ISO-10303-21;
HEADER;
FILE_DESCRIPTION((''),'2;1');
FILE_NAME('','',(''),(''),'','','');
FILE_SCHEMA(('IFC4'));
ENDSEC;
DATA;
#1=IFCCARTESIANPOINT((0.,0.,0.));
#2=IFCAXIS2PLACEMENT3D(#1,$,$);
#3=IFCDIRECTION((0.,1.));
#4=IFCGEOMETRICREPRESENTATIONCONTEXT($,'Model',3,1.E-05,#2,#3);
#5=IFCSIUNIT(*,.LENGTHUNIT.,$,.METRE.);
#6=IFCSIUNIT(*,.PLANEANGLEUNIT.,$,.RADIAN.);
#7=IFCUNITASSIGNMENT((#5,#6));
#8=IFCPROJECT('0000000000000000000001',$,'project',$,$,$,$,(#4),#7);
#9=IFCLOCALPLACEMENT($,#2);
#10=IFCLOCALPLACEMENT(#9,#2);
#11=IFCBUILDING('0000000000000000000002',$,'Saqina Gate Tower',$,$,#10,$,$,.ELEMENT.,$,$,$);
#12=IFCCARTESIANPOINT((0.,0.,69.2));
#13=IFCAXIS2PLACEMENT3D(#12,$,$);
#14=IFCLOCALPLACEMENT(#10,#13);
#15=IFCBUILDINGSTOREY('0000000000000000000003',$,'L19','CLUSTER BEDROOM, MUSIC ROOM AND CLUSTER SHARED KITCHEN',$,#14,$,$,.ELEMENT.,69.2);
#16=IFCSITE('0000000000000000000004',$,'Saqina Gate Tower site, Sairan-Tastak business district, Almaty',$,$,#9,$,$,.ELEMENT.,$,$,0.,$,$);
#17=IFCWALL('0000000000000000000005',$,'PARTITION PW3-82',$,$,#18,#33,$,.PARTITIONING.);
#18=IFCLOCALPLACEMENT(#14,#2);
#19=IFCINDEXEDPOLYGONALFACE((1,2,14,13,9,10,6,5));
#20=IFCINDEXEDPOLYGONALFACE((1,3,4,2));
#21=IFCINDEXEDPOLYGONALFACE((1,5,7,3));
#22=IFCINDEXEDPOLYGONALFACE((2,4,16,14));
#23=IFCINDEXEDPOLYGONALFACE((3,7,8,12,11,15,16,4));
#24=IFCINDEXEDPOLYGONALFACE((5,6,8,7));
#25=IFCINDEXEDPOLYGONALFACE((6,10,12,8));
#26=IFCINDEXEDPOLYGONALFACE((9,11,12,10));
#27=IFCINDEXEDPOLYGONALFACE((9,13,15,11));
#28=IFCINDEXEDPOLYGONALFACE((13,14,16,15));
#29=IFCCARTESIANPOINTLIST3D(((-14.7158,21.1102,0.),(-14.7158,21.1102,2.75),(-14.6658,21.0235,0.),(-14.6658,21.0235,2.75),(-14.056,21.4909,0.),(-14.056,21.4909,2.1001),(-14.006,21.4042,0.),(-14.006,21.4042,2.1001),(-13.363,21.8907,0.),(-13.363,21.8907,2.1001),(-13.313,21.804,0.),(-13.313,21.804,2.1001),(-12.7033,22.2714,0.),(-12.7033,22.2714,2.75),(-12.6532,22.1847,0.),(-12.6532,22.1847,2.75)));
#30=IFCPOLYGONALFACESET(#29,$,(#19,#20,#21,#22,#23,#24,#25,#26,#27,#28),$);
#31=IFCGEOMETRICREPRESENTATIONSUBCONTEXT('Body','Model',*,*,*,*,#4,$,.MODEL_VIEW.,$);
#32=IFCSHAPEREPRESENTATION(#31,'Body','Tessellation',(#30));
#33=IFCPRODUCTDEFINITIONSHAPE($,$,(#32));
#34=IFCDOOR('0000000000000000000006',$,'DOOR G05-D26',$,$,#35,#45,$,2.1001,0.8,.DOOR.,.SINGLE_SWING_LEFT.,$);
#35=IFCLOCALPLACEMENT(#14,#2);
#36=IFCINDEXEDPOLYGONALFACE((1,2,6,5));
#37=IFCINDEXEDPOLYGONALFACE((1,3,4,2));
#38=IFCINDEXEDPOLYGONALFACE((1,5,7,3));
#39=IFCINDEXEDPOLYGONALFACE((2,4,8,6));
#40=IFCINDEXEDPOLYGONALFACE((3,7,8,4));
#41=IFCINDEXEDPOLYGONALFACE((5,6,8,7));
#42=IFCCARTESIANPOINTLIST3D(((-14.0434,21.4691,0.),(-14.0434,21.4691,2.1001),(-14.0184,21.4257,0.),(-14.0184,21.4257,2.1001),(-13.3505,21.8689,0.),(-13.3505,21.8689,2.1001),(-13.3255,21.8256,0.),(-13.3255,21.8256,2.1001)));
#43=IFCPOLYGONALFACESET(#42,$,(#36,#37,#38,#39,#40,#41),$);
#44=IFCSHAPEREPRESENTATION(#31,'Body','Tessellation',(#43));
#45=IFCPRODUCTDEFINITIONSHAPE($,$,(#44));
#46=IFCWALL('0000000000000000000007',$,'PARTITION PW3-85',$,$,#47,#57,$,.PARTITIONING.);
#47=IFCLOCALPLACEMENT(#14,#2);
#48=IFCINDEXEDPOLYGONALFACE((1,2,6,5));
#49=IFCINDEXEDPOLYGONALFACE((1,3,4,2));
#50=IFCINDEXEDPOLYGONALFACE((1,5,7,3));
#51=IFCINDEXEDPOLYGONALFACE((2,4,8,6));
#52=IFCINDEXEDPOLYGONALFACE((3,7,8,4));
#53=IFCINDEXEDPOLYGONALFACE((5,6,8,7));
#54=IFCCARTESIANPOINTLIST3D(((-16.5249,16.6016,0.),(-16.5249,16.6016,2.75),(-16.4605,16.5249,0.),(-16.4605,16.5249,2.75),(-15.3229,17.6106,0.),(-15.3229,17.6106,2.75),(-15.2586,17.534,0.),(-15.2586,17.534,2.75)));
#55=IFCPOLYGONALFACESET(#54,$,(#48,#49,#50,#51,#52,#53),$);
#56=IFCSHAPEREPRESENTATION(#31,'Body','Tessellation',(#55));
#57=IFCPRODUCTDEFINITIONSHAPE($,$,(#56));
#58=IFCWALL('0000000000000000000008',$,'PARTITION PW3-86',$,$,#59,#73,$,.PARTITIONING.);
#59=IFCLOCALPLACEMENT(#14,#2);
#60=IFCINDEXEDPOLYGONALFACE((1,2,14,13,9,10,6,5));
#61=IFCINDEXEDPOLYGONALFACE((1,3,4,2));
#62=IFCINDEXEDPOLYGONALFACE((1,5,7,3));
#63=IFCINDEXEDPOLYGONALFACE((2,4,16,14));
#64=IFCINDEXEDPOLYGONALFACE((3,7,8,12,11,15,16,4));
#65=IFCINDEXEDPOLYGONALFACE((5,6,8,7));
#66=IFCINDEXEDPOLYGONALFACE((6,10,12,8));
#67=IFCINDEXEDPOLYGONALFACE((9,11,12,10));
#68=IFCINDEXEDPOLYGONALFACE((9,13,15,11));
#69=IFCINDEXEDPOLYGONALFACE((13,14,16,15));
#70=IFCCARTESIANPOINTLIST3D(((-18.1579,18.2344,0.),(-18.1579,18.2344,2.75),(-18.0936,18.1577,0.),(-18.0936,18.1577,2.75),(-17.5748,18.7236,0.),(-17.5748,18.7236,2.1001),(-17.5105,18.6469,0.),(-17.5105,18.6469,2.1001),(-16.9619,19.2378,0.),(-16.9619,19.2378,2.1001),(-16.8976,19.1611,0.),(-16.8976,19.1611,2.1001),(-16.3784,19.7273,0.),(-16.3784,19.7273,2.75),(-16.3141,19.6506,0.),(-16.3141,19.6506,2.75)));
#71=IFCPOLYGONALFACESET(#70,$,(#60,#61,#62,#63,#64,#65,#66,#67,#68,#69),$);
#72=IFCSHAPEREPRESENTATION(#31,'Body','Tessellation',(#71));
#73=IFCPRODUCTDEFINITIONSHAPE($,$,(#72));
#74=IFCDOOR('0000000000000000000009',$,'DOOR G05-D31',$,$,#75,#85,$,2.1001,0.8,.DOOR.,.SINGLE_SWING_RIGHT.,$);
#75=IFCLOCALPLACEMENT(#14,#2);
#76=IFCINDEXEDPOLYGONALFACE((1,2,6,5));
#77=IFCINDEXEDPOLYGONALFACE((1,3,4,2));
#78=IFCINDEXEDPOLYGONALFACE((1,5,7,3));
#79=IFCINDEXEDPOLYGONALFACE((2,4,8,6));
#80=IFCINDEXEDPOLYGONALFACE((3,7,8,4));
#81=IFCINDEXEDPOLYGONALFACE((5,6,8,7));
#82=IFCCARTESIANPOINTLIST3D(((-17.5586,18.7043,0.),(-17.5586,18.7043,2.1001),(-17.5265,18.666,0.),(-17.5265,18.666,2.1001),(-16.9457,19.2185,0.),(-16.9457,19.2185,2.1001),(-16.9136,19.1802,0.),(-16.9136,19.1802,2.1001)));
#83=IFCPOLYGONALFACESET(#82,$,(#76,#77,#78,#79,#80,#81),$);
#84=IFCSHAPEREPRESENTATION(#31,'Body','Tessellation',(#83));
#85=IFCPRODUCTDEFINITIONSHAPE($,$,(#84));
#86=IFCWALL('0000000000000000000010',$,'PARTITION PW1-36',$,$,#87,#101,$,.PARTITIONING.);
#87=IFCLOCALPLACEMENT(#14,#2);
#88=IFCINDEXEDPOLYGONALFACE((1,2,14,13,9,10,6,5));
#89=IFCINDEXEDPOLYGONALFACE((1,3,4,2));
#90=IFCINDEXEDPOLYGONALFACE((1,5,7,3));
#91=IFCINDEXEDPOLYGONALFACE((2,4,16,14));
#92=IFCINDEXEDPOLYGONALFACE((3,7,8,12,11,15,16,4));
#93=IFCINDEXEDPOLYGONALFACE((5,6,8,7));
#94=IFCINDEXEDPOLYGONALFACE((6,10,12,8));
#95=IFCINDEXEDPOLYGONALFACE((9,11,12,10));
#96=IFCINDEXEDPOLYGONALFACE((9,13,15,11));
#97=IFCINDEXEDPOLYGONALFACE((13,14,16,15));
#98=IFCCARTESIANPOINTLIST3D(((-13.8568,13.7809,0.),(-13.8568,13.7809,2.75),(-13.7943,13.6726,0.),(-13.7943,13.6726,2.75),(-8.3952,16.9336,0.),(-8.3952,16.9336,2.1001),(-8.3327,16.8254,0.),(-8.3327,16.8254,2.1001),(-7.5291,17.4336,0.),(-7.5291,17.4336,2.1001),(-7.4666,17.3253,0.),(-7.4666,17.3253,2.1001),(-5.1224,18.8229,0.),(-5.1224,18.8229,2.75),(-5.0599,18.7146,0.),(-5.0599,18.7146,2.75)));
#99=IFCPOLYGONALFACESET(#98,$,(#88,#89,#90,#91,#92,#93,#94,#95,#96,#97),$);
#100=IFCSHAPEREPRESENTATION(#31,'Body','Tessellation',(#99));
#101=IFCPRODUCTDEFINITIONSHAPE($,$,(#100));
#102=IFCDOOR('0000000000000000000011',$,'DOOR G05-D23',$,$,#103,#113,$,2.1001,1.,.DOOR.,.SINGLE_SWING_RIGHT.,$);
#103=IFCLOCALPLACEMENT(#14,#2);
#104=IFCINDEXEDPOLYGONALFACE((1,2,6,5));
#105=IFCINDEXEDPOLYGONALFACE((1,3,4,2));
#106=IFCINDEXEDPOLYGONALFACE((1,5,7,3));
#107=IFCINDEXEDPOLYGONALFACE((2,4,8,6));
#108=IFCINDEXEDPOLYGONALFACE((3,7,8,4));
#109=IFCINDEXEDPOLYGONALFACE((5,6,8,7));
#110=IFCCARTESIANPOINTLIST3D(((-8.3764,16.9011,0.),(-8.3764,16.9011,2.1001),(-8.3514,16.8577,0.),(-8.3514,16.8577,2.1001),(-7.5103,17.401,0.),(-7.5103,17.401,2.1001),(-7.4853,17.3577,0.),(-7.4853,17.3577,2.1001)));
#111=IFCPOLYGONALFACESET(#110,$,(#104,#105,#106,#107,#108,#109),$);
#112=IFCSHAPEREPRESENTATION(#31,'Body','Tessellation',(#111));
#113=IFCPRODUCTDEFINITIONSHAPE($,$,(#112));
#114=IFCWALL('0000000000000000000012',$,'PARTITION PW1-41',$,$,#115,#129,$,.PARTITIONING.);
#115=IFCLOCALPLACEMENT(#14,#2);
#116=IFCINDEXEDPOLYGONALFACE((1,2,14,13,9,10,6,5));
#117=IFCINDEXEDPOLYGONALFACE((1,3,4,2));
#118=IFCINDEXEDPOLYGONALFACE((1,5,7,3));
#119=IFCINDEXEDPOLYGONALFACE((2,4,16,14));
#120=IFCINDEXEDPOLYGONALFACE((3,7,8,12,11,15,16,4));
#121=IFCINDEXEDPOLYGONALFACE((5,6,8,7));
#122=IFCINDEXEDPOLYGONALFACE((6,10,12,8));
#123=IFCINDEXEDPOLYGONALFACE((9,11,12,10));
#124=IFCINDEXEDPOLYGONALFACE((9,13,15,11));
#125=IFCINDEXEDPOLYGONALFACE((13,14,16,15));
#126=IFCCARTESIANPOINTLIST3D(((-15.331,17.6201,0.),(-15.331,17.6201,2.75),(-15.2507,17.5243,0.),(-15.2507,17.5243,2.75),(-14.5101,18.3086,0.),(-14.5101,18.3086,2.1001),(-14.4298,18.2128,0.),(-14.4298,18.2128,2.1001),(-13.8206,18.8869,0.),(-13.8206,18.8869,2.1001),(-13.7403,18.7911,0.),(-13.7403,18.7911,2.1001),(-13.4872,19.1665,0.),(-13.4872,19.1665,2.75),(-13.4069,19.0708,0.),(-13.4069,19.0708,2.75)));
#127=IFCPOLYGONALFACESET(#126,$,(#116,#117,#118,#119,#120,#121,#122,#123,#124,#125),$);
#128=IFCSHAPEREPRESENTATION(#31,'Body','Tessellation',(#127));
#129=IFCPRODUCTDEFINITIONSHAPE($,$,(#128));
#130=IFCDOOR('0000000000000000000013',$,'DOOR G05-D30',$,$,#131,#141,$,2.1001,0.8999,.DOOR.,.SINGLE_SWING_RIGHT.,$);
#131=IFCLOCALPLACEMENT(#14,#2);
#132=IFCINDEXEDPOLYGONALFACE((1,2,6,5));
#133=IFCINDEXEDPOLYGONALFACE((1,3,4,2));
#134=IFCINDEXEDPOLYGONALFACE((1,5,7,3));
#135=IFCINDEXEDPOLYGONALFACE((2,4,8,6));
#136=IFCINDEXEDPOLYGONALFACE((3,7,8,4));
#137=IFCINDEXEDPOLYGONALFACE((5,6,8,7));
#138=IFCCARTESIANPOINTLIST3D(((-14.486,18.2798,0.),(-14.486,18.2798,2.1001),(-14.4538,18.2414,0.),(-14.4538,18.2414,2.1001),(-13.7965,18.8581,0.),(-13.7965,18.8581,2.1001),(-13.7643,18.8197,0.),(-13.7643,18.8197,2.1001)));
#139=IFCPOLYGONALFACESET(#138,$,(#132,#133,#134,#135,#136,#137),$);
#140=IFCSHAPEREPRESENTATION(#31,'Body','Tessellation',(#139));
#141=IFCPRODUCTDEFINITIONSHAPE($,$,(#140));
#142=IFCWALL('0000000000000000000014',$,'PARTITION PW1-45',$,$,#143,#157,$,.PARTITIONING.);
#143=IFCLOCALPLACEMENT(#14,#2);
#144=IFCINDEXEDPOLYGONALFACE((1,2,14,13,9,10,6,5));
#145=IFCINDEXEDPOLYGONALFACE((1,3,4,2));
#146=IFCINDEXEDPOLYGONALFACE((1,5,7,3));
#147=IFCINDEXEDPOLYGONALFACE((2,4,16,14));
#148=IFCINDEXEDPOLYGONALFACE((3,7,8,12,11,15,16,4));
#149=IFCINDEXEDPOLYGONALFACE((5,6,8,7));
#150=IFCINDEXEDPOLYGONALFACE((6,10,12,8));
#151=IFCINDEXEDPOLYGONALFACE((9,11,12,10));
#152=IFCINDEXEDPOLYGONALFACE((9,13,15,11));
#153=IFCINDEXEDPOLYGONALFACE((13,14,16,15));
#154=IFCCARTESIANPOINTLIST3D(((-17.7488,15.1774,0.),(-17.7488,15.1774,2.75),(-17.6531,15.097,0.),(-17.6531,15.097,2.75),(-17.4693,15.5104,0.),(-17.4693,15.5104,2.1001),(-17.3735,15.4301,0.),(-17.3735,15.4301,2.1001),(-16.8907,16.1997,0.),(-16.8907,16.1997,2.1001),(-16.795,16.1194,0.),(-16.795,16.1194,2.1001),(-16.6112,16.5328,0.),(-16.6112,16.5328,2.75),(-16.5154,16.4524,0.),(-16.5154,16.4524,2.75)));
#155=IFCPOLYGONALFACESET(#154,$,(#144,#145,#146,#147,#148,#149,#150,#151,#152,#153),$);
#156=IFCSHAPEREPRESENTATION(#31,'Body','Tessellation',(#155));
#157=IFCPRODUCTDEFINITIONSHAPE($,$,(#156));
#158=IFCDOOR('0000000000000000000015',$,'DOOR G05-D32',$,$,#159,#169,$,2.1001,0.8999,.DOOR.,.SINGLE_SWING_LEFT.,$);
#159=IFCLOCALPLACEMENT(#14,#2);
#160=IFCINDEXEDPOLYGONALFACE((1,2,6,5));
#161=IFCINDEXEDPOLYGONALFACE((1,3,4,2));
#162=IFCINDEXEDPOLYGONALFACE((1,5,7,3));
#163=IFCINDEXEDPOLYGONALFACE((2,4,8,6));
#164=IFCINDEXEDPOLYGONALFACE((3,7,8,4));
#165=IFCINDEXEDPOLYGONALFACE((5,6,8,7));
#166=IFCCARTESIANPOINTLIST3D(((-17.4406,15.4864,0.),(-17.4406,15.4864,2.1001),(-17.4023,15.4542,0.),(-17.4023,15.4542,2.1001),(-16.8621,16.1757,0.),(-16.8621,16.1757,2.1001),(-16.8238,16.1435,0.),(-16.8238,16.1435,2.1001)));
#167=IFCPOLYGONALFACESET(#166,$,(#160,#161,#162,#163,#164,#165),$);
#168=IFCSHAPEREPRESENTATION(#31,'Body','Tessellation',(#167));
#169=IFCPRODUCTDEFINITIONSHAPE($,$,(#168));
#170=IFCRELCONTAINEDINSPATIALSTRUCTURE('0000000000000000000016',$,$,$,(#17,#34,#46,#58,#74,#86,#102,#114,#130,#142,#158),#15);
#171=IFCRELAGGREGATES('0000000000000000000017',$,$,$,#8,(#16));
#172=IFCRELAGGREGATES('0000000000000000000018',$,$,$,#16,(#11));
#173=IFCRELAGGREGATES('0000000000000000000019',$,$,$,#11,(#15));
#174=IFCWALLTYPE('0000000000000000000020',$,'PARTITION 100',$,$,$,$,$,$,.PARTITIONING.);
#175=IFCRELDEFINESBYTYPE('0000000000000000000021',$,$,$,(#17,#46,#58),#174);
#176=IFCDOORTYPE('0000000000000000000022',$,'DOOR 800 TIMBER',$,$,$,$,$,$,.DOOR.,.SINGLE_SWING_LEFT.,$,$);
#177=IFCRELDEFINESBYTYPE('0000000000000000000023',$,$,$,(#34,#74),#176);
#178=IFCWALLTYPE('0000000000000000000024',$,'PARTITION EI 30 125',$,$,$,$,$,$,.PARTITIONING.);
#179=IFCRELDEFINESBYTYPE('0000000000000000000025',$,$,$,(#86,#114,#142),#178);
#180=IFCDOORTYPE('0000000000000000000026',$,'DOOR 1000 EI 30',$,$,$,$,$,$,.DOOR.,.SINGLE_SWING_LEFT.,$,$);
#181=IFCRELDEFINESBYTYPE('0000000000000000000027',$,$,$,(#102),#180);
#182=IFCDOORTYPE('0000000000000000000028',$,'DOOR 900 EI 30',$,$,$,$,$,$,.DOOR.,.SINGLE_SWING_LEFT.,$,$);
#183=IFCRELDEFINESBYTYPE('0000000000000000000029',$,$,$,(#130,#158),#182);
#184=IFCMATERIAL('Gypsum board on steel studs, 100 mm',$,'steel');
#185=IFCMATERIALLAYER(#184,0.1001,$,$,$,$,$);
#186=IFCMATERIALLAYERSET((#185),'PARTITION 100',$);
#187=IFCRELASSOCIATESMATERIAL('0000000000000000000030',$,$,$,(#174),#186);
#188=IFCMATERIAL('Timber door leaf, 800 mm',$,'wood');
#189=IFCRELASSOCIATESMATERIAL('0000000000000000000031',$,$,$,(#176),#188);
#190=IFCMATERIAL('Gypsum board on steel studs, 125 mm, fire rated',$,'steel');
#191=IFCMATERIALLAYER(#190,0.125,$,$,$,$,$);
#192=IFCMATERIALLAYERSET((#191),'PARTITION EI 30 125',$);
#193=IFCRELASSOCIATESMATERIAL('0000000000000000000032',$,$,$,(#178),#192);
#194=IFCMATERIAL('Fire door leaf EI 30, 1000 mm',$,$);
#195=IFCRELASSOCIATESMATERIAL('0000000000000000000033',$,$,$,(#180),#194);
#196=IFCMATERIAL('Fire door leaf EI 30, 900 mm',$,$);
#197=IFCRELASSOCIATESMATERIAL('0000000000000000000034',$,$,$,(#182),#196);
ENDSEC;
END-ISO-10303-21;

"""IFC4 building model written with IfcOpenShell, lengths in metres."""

from ifc_helpers import new_model, si_unit, direction, frame, frame_2d, origin, place, context, subcontext, project, spatial, rectangle, extrude, material, layer, layer_set, type_object, element, fill, save


model = new_model("IFC4")

# Units and contexts
model_context = context("Model", 3, precision=1e-05, world=origin(), true_north=direction((0.0, 1.0)))
body_context = subcontext(model_context, "Body", "Model", "MODEL_VIEW")
ifc_project = project(units=[si_unit("LENGTHUNIT", "METRE"), si_unit("PLANEANGLEUNIT", "RADIAN")], contexts=[model_context])

# Site, building, storey
site_placement = place(None, origin())
site = spatial("IfcSite", under=ifc_project, at=site_placement, Name="Saqina Gate Tower site, Sairan-Tastak business district, Almaty", CompositionType="ELEMENT", RefElevation=0.0)
building_placement = place(site_placement, origin())
building = spatial("IfcBuilding", under=site, at=building_placement, Name="Saqina Gate Tower", CompositionType="ELEMENT")
storey_placement = place(building_placement, frame((0.0, 0.0, 69.2)))
storey = spatial("IfcBuildingStorey", under=building, at=storey_placement, Name="L19", Description="CLUSTER BEDROOM, MUSIC ROOM AND CLUSTER SHARED KITCHEN", CompositionType="ELEMENT", Elevation=69.2)

# Shared definitions
ifc_material_1 = material(Name="Gypsum board on steel studs, 100 mm", Category="steel")
ifc_layer_1 = layer(ifc_material_1, 0.1001)
ifc_layer_set_1 = layer_set([ifc_layer_1], Name="PARTITION 100")
wall_type_1 = type_object("IfcWallType", Name="PARTITION 100", PredefinedType="PARTITIONING", material=ifc_layer_set_1)
ifc_material_2 = material(Name="Timber door leaf, 800 mm", Category="wood")
door_type_1 = type_object("IfcDoorType", Name="DOOR 800 TIMBER", OperationType="SINGLE_SWING_LEFT", PredefinedType="DOOR", material=ifc_material_2)

# Wall, opening, door
wall_1_placement = place(storey_placement, frame((-14.6907, 21.0669, 0.0), z_axis=(0.0, 0.0, 1.0), x_axis=(0.866166, 0.499756, 0.0)))
wall_1 = element("IfcWall", 1, at=wall_1_placement, inside=storey, type_object=wall_type_1, Name="PARTITION PW3-82", PredefinedType="PARTITIONING", context=body_context, shape_type="SweptSolid", body=[
    extrude(rectangle(XDim=2.3235, YDim=0.1001, at=frame_2d((1.1616, 0.0))), origin(), (0.0, 0.0, 1.0), 2.75),
])
opening_1_placement = place(wall_1_placement, frame((0.7617, 0.0, 0.0)))
opening_1 = element("IfcOpeningElement", 2, at=opening_1_placement, cuts=wall_1, PredefinedType="OPENING", context=body_context, shape_type="SweptSolid", body=[
    extrude(rectangle(XDim=0.8, YDim=2.1001, at=frame_2d((0.3999, 1.05))), frame((0.0, 0.062, 0.0), z_axis=(0.0, -1.0, 0.0), x_axis=(1.0, 0.0, 0.0)), (0.0, 0.0, 1.0), 0.124),
])
door_1_placement = place(opening_1_placement, origin())
door_1 = element("IfcDoor", 3, at=door_1_placement, inside=storey, type_object=door_type_1, Name="DOOR G05-D26", OperationType="SINGLE_SWING_LEFT", OverallHeight=2.1001, OverallWidth=0.8, PredefinedType="DOOR", context=body_context, shape_type="SweptSolid", body=[
    extrude(rectangle(XDim=0.8, YDim=2.1001, at=frame_2d((0.3999, 1.05))), frame((0.0, 0.0249, 0.0), z_axis=(0.0, -1.0, 0.0), x_axis=(1.0, 0.0, 0.0)), (0.0, 0.0, 1.0), 0.05),
])
fill(opening_1, door_1)

# Wall
wall_2_placement = place(storey_placement, frame((-16.4927, 16.5632, 0.0), z_axis=(0.0, 0.0, 1.0), x_axis=(0.765883, 0.64298, 0.0)))
element("IfcWall", 4, at=wall_2_placement, inside=storey, type_object=wall_type_1, Name="PARTITION PW3-85", PredefinedType="PARTITIONING", context=body_context, shape_type="SweptSolid", body=[
    extrude(rectangle(XDim=1.5693, YDim=0.1001, at=frame_2d((0.7847, 0.0))), origin(), (0.0, 0.0, 1.0), 2.75),
])

# Walls, openings, doors
wall_3_placement = place(storey_placement, frame((-18.1257, 18.196, 0.0), z_axis=(0.0, 0.0, 1.0), x_axis=(0.766106, 0.642714, 0.0)))
wall_3 = element("IfcWall", 5, at=wall_3_placement, inside=storey, type_object=wall_type_1, Name="PARTITION PW3-86", PredefinedType="PARTITIONING", context=body_context, shape_type="SweptSolid", body=[
    extrude(rectangle(XDim=2.3228, YDim=0.1001, at=frame_2d((1.1614, 0.0))), origin(), (0.0, 0.0, 1.0), 2.75),
])
opening_2_placement = place(wall_3_placement, frame((0.7612, 0.0, 0.0)))
opening_2 = element("IfcOpeningElement", 6, at=opening_2_placement, cuts=wall_3, PredefinedType="OPENING", context=body_context, shape_type="SweptSolid", body=[
    extrude(rectangle(XDim=0.8, YDim=2.1001, at=frame_2d((0.3999, 1.05))), frame((0.0, 0.062, 0.0), z_axis=(0.0, -1.0, 0.0), x_axis=(1.0, 0.0, 0.0)), (0.0, 0.0, 1.0), 0.124),
])
door_2_placement = place(opening_2_placement, origin())
door_2 = element("IfcDoor", 7, at=door_2_placement, inside=storey, type_object=door_type_1, Name="DOOR G05-D31", OperationType="SINGLE_SWING_RIGHT", OverallHeight=2.1001, OverallWidth=0.8, PredefinedType="DOOR", context=body_context, shape_type="SweptSolid", body=[
    extrude(rectangle(XDim=0.8, YDim=2.1001, at=frame_2d((0.3999, 1.05))), frame((0.0, 0.0249, 0.0), z_axis=(0.0, -1.0, 0.0), x_axis=(1.0, 0.0, 0.0)), (0.0, 0.0, 1.0), 0.05),
])
fill(opening_2, door_2)
ifc_material_3 = material(Name="Gypsum board on steel studs, 125 mm, fire rated", Category="steel")
ifc_layer_2 = layer(ifc_material_3, 0.125)
ifc_layer_set_2 = layer_set([ifc_layer_2], Name="PARTITION EI 30 125")
wall_type_2 = type_object("IfcWallType", Name="PARTITION EI 30 125", PredefinedType="PARTITIONING", material=ifc_layer_set_2)
wall_4_placement = place(storey_placement, frame((-13.8254, 13.7268, 0.0), z_axis=(0.0, 0.0, 1.0), x_axis=(0.86606, 0.49994, 0.0)))
wall_4 = element("IfcWall", 8, at=wall_4_placement, inside=storey, type_object=wall_type_2, Name="PARTITION PW1-36", PredefinedType="PARTITIONING", context=body_context, shape_type="SweptSolid", body=[
    extrude(rectangle(XDim=10.0852, YDim=0.125, at=frame_2d((5.0425, 0.0))), origin(), (0.0, 0.0, 1.0), 2.75),
])
opening_3_placement = place(wall_4_placement, frame((6.3062, 0.0, 0.0)))
opening_3 = element("IfcOpeningElement", 9, at=opening_3_placement, cuts=wall_4, PredefinedType="OPENING", context=body_context, shape_type="SweptSolid", body=[
    extrude(rectangle(XDim=1.0, YDim=2.1001, at=frame_2d((0.5, 1.05))), frame((0.0, 0.0745, 0.0), z_axis=(0.0, -1.0, 0.0), x_axis=(1.0, 0.0, 0.0)), (0.0, 0.0, 1.0), 0.1489),
])
ifc_material_4 = material(Name="Fire door leaf EI 30, 1000 mm")
door_type_2 = type_object("IfcDoorType", Name="DOOR 1000 EI 30", OperationType="SINGLE_SWING_LEFT", PredefinedType="DOOR", material=ifc_material_4)
door_3_placement = place(opening_3_placement, origin())
door_3 = element("IfcDoor", 10, at=door_3_placement, inside=storey, type_object=door_type_2, Name="DOOR G05-D23", OperationType="SINGLE_SWING_RIGHT", OverallHeight=2.1001, OverallWidth=1.0, PredefinedType="DOOR", context=body_context, shape_type="SweptSolid", body=[
    extrude(rectangle(XDim=1.0, YDim=2.1001, at=frame_2d((0.5, 1.05))), frame((0.0, 0.0249, 0.0), z_axis=(0.0, -1.0, 0.0), x_axis=(1.0, 0.0, 0.0)), (0.0, 0.0, 1.0), 0.05),
])
fill(opening_3, door_3)
wall_5_placement = place(storey_placement, frame((-15.2908, 17.5723, 0.0), z_axis=(0.0, 0.0, 1.0), x_axis=(0.766188, 0.642616, 0.0)))
wall_5 = element("IfcWall", 11, at=wall_5_placement, inside=storey, type_object=wall_type_2, Name="PARTITION PW1-41", PredefinedType="PARTITIONING", context=body_context, shape_type="SweptSolid", body=[
    extrude(rectangle(XDim=2.4065, YDim=0.125, at=frame_2d((1.2031, 0.0))), origin(), (0.0, 0.0, 1.0), 2.75),
])
opening_4_placement = place(wall_5_placement, frame((1.0713, 0.0, 0.0)))
opening_4 = element("IfcOpeningElement", 12, at=opening_4_placement, cuts=wall_5, PredefinedType="OPENING", context=body_context, shape_type="SweptSolid", body=[
    extrude(rectangle(XDim=0.8999, YDim=2.1001, at=frame_2d((0.45, 1.05))), frame((0.0, 0.0745, 0.0), z_axis=(0.0, -1.0, 0.0), x_axis=(1.0, 0.0, 0.0)), (0.0, 0.0, 1.0), 0.1489),
])
ifc_material_5 = material(Name="Fire door leaf EI 30, 900 mm")
door_type_3 = type_object("IfcDoorType", Name="DOOR 900 EI 30", OperationType="SINGLE_SWING_LEFT", PredefinedType="DOOR", material=ifc_material_5)
door_4_placement = place(opening_4_placement, origin())
door_4 = element("IfcDoor", 13, at=door_4_placement, inside=storey, type_object=door_type_3, Name="DOOR G05-D30", OperationType="SINGLE_SWING_RIGHT", OverallHeight=2.1001, OverallWidth=0.8999, PredefinedType="DOOR", context=body_context, shape_type="SweptSolid", body=[
    extrude(rectangle(XDim=0.8999, YDim=2.1001, at=frame_2d((0.45, 1.05))), frame((0.0, 0.0249, 0.0), z_axis=(0.0, -1.0, 0.0), x_axis=(1.0, 0.0, 0.0)), (0.0, 0.0, 1.0), 0.05),
])
fill(opening_4, door_4)
wall_6_placement = place(storey_placement, frame((-17.7009, 15.1372, 0.0), z_axis=(0.0, 0.0, 1.0), x_axis=(0.642894, 0.765955, 0.0)))
wall_6 = element("IfcWall", 14, at=wall_6_placement, inside=storey, type_object=wall_type_2, Name="PARTITION PW1-45", PredefinedType="PARTITIONING", context=body_context, shape_type="SweptSolid", body=[
    extrude(rectangle(XDim=1.7695, YDim=0.125, at=frame_2d((0.8848, 0.0))), origin(), (0.0, 0.0, 1.0), 2.75),
])
opening_5_placement = place(wall_6_placement, frame((0.4348, 0.0, 0.0)))
opening_5 = element("IfcOpeningElement", 15, at=opening_5_placement, cuts=wall_6, PredefinedType="OPENING", context=body_context, shape_type="SweptSolid", body=[
    extrude(rectangle(XDim=0.8999, YDim=2.1001, at=frame_2d((0.45, 1.05))), frame((0.0, 0.0745, 0.0), z_axis=(0.0, -1.0, 0.0), x_axis=(1.0, 0.0, 0.0)), (0.0, 0.0, 1.0), 0.1489),
])
door_5_placement = place(opening_5_placement, frame((0.8999, 0.0, 0.0), z_axis=(0.0, 0.0, 1.0), x_axis=(-1.0, 0.0, 0.0)))
door_5 = element("IfcDoor", 16, at=door_5_placement, inside=storey, type_object=door_type_3, Name="DOOR G05-D32", OperationType="SINGLE_SWING_LEFT", OverallHeight=2.1001, OverallWidth=0.8999, PredefinedType="DOOR", context=body_context, shape_type="SweptSolid", body=[
    extrude(rectangle(XDim=0.8999, YDim=2.1001, at=frame_2d((0.45, 1.05))), frame((0.0, 0.0249, 0.0), z_axis=(0.0, -1.0, 0.0), x_axis=(1.0, 0.0, 0.0)), (0.0, 0.0, 1.0), 0.05),
])
fill(opening_5, door_5)

save(model, "model.ifc")
